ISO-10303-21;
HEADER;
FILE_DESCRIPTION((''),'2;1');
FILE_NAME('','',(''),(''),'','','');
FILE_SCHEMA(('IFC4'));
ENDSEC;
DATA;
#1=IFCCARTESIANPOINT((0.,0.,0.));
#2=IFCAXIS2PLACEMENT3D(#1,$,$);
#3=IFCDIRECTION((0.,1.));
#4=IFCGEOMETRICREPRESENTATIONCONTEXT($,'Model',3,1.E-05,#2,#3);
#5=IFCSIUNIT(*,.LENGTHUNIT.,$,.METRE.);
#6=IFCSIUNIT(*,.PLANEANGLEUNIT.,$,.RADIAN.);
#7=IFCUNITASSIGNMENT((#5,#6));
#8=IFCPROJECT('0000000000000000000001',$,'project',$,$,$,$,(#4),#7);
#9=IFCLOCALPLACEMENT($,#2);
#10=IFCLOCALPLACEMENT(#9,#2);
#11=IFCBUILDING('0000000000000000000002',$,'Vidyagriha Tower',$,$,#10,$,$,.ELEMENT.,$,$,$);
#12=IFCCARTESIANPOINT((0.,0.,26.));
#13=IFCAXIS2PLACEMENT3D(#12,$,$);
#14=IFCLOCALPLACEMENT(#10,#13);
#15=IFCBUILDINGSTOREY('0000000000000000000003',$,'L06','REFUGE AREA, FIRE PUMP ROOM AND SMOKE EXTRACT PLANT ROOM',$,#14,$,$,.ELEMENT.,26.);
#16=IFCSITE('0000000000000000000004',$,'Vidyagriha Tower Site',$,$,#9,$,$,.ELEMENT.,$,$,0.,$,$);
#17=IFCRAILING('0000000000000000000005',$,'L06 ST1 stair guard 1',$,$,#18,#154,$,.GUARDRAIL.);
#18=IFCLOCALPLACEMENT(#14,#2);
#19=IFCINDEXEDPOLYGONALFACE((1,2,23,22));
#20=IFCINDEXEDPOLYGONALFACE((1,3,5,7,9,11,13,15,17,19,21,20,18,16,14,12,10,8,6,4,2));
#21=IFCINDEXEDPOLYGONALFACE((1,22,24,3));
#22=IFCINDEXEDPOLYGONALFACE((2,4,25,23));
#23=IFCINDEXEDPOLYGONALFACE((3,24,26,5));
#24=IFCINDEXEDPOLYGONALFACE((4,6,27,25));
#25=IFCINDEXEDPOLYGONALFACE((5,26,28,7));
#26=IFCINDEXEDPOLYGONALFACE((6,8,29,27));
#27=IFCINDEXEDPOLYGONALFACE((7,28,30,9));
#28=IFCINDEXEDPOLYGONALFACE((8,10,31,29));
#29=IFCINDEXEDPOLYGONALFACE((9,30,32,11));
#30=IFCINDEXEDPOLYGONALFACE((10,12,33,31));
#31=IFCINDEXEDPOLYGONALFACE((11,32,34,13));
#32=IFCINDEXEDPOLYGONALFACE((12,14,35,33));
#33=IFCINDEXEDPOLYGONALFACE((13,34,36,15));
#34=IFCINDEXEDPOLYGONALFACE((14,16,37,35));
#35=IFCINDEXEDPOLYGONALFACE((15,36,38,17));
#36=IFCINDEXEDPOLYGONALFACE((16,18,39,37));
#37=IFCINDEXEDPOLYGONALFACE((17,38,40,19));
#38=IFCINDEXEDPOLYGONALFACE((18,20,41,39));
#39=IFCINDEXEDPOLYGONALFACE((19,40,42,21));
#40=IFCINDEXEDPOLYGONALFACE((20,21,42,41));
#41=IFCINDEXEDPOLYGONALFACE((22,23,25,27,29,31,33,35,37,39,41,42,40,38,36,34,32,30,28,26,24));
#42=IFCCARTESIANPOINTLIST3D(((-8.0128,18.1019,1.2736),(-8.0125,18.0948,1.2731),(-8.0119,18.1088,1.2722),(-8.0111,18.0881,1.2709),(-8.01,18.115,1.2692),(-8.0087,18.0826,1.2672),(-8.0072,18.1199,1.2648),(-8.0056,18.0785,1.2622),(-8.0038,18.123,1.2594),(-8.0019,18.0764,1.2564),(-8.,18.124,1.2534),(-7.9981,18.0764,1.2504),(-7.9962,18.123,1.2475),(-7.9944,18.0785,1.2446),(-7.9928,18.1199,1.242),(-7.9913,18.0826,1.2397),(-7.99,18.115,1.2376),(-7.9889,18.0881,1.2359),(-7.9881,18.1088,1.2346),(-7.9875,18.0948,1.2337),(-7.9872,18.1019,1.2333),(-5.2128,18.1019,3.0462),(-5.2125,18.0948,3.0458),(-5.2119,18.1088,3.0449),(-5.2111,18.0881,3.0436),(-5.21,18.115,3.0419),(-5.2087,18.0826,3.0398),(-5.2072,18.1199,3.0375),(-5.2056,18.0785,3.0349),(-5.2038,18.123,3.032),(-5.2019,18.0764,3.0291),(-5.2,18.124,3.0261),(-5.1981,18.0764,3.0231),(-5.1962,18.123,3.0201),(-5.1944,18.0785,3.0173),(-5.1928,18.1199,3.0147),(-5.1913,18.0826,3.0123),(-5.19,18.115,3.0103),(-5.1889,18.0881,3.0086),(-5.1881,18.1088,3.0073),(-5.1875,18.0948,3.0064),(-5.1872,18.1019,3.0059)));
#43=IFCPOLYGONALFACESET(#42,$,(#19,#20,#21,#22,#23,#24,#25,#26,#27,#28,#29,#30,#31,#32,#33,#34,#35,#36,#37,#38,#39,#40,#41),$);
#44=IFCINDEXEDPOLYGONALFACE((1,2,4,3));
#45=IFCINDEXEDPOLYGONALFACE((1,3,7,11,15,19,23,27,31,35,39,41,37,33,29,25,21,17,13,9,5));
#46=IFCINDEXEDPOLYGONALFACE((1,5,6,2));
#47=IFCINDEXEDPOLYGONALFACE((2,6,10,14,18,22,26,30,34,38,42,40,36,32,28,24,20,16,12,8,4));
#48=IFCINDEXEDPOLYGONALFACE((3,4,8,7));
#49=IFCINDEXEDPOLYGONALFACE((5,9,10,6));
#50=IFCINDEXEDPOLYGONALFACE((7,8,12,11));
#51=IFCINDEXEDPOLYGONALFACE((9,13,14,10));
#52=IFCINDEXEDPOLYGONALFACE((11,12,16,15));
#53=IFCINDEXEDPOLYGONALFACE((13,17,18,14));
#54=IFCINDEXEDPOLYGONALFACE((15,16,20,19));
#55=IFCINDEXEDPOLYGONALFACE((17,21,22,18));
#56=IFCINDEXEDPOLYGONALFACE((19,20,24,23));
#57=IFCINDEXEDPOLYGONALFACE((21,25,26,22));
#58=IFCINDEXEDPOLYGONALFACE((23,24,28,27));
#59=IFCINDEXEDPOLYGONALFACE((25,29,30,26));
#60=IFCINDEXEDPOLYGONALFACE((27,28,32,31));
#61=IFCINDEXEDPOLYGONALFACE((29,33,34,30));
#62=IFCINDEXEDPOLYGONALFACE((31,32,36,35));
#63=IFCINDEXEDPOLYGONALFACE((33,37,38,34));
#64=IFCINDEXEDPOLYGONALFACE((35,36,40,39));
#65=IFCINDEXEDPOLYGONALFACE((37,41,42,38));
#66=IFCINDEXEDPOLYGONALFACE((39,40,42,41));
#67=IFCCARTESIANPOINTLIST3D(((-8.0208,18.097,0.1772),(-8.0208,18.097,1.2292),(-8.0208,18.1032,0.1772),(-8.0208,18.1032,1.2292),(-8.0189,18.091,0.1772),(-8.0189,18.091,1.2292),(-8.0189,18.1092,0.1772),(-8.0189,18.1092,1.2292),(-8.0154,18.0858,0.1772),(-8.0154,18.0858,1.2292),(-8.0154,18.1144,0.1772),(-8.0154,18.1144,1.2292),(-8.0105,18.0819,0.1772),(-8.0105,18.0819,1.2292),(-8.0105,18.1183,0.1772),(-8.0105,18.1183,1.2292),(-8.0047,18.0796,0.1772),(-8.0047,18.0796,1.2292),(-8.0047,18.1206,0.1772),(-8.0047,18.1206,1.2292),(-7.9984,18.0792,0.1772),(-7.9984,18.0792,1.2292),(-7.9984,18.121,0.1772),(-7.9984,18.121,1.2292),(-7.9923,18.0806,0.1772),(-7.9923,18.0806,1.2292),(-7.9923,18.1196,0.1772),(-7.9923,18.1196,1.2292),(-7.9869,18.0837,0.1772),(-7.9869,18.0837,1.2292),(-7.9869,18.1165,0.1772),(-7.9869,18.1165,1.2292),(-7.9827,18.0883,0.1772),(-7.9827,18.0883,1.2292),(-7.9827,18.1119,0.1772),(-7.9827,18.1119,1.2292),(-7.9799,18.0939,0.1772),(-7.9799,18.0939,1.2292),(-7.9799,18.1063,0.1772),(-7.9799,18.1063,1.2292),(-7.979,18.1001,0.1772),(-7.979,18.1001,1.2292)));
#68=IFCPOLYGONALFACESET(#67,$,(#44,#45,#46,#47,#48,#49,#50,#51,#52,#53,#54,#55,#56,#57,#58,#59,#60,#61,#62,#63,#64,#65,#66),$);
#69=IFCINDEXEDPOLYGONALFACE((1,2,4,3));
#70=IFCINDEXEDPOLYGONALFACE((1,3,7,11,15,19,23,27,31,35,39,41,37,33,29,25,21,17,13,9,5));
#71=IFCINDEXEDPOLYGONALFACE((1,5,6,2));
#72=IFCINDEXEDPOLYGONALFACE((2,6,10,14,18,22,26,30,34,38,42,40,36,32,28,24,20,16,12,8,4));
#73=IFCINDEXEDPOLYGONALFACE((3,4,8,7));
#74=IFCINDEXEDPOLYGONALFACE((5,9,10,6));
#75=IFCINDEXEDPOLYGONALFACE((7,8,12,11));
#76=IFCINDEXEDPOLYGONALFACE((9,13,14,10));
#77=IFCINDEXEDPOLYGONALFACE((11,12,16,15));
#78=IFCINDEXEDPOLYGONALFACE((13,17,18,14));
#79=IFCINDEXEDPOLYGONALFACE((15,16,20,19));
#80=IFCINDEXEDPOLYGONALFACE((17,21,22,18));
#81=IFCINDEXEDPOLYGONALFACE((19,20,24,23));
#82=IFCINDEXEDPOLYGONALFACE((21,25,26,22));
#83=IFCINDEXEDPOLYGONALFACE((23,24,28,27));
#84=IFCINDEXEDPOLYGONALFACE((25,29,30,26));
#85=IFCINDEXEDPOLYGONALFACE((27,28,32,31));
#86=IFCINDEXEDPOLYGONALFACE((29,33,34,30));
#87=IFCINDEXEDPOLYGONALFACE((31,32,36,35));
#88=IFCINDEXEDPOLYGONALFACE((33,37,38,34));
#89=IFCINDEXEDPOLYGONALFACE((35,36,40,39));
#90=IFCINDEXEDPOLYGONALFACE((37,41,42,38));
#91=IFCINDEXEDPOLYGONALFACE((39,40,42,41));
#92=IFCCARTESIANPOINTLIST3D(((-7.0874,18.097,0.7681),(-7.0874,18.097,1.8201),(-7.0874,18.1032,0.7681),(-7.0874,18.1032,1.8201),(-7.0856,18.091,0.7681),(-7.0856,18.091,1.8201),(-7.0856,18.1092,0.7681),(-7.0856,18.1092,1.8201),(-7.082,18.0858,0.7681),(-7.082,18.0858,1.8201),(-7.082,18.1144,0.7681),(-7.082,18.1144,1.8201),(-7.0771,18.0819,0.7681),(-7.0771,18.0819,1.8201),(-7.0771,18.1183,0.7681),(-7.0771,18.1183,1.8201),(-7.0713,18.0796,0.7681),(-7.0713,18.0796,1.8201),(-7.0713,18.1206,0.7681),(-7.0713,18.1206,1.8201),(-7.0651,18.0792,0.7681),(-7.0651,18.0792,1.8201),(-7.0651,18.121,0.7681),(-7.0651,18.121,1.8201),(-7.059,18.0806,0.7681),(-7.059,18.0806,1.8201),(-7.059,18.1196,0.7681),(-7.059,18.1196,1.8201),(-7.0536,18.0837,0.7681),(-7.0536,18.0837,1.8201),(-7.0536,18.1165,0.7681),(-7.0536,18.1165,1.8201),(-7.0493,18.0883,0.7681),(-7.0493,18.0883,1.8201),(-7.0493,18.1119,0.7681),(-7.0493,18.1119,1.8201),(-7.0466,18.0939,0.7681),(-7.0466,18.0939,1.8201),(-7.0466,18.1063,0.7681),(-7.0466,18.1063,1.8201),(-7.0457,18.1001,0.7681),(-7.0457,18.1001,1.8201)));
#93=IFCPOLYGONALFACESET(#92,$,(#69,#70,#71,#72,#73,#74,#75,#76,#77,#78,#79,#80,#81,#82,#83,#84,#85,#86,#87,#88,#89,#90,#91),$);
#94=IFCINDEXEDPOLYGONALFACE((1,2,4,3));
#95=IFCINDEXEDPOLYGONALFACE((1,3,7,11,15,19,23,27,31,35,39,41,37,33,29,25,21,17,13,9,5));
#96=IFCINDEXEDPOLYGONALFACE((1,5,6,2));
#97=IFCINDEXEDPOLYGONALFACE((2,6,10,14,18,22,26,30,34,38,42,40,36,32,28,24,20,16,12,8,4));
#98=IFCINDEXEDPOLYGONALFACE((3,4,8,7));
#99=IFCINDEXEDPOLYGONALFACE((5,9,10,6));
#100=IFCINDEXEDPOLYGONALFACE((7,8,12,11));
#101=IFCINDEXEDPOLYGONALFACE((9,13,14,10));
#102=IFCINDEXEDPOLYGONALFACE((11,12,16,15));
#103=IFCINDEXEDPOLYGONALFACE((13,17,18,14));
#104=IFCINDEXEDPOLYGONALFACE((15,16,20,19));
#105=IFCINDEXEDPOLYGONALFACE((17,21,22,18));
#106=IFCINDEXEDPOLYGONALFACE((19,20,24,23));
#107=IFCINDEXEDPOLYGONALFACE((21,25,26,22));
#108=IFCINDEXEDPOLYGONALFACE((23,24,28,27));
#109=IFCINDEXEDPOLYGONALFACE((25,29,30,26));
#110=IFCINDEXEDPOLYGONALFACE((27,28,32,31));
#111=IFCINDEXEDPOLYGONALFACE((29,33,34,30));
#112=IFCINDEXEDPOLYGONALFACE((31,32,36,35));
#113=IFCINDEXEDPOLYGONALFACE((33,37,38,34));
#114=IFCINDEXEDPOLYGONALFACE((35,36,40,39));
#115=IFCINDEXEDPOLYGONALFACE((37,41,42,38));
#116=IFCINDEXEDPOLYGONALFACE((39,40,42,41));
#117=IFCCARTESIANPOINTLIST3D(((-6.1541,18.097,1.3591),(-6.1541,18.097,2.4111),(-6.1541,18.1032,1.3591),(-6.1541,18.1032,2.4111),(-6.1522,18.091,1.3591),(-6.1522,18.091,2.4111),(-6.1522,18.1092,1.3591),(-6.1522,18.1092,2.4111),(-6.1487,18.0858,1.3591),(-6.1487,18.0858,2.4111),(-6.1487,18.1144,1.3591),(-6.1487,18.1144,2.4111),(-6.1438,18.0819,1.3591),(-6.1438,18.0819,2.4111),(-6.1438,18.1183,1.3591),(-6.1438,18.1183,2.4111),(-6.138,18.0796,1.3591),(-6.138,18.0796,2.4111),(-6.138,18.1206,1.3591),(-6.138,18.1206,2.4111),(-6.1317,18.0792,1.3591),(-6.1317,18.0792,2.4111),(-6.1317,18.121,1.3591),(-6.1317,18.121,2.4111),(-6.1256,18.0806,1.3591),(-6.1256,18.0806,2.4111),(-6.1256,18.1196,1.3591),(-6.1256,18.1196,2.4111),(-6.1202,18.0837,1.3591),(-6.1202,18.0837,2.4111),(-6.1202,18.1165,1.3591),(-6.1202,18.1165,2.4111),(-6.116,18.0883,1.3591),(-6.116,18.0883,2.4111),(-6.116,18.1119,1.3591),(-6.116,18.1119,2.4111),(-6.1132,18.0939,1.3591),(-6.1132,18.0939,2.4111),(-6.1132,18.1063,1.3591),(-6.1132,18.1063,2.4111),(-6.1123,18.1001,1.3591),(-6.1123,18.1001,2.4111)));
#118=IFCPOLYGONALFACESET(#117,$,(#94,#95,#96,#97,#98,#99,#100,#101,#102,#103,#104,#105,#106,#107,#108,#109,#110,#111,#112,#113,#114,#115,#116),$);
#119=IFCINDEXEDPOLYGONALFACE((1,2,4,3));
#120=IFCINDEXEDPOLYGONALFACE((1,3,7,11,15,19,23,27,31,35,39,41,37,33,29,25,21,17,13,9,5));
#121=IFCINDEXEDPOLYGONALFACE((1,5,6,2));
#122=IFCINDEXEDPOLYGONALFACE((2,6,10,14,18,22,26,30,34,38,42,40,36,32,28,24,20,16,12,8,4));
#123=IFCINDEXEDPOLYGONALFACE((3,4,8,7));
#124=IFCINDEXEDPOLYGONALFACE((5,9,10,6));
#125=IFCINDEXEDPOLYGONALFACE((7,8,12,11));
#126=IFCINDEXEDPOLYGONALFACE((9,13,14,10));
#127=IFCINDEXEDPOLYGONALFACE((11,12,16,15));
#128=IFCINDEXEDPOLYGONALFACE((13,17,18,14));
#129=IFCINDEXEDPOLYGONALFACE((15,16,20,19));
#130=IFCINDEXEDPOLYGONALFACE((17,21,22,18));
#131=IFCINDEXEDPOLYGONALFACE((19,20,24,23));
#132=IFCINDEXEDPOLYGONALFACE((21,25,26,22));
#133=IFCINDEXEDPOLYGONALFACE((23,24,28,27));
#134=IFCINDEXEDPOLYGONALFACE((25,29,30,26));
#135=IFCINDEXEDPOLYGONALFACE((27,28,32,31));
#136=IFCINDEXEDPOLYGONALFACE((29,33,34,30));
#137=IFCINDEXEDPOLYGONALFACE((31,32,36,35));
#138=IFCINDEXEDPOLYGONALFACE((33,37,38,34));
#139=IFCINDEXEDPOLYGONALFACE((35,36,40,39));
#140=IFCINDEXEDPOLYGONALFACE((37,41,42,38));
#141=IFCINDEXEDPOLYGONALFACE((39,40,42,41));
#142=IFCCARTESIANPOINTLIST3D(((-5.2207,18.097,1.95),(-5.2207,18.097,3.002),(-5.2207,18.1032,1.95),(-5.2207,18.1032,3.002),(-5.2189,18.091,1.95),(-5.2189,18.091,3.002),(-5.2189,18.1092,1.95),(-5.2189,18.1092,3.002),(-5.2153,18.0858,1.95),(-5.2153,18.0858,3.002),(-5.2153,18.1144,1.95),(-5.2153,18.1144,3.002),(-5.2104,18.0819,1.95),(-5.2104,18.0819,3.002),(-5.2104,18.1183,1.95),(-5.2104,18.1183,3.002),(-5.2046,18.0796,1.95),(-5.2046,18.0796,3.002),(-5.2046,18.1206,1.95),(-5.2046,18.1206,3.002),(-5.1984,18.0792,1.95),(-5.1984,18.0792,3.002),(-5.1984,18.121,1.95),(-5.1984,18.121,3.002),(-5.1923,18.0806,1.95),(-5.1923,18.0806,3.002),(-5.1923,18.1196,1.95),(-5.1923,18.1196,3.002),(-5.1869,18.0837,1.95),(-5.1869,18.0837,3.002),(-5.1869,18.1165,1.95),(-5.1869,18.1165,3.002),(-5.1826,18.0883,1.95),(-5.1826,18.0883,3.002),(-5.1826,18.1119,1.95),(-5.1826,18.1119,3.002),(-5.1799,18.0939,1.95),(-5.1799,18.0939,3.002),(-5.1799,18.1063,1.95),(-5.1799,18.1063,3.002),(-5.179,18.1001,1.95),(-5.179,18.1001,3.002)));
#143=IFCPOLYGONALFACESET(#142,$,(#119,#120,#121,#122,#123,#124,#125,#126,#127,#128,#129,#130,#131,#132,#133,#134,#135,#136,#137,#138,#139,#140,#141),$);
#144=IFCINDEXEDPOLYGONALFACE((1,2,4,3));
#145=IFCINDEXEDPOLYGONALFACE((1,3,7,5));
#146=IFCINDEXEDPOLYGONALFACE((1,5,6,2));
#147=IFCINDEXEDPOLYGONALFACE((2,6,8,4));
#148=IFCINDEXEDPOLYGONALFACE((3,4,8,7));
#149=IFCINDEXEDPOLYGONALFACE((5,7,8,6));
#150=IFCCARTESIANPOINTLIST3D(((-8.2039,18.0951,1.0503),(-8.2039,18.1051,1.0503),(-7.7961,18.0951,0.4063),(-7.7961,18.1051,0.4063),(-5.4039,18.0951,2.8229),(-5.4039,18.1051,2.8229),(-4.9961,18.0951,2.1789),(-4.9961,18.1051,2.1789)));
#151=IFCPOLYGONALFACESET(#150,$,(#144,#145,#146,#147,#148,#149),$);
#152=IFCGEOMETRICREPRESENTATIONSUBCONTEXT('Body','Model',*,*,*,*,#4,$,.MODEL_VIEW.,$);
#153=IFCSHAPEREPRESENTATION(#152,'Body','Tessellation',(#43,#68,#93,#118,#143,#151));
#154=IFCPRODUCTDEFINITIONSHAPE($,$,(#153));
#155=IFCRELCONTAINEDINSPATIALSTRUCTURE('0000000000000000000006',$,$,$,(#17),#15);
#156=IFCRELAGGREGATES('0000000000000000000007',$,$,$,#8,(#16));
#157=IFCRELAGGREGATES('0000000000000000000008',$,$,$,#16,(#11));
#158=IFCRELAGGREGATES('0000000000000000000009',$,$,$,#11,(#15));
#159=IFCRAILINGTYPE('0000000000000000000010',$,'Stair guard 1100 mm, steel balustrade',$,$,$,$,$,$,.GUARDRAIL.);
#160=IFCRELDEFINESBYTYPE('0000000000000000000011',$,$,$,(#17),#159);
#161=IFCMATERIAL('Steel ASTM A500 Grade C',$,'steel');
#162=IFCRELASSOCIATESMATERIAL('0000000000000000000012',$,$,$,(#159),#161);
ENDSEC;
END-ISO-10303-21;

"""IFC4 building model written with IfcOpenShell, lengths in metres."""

from ifc_helpers import new_model, si_unit, direction, frame, origin, origin_2d, place, context, subcontext, project, spatial, rectangle, circle, extrude, material, type_object, element, save


model = new_model("IFC4")

# Units and contexts
model_context = context("Model", 3, precision=1e-05, world=origin(), true_north=direction((0.0, 1.0)))
body_context = subcontext(model_context, "Body", "Model", "MODEL_VIEW")
ifc_project = project(units=[si_unit("LENGTHUNIT", "METRE"), si_unit("PLANEANGLEUNIT", "RADIAN")], contexts=[model_context])

# Site, building, storey
site_placement = place(None, origin())
site = spatial("IfcSite", under=ifc_project, at=site_placement, Name="Vidyagriha Tower Site", CompositionType="ELEMENT", RefElevation=0.0)
building_placement = place(site_placement, origin())
building = spatial("IfcBuilding", under=site, at=building_placement, Name="Vidyagriha Tower", CompositionType="ELEMENT")
storey_placement = place(building_placement, frame((0.0, 0.0, 26.0)))
storey = spatial("IfcBuildingStorey", under=building, at=storey_placement, Name="L06", Description="REFUGE AREA, FIRE PUMP ROOM AND SMOKE EXTRACT PLANT ROOM", CompositionType="ELEMENT", Elevation=26.0)

# Railing
ifc_material_1 = material(Name="Steel ASTM A500 Grade C", Category="steel")
railing_type_1 = type_object("IfcRailingType", Name="Stair guard 1100 mm, steel balustrade", PredefinedType="GUARDRAIL", material=ifc_material_1)
railing_1_placement = place(storey_placement, frame((-8.0, 18.1001, 0.1772)))
element("IfcRailing", 1, at=railing_1_placement, inside=storey, type_object=railing_type_1, Name="L06 ST1 stair guard 1", PredefinedType="GUARDRAIL", context=body_context, shape_type="SweptSolid", body=[
    extrude(circle(Radius=0.0239, at=origin_2d()), frame((0.0, 0.0, 1.0762), z_axis=(0.844909, 0.0, 0.53491), x_axis=(0.0, 1.0, 0.0)), (0.0, 0.0, 1.0), 3.314),
    extrude(circle(Radius=0.021, at=origin_2d()), origin(), (0.0, 0.0, 1.0), 1.052),
    extrude(circle(Radius=0.021, at=origin_2d()), frame((0.9333, 0.0, 0.5908)), (0.0, 0.0, 1.0), 1.052),
    extrude(circle(Radius=0.021, at=origin_2d()), frame((1.8667, 0.0, 1.1819)), (0.0, 0.0, 1.0), 1.052),
    extrude(circle(Radius=0.021, at=origin_2d()), frame((2.8, 0.0, 1.7727)), (0.0, 0.0, 1.0), 1.052),
    extrude(rectangle(XDim=0.01, YDim=0.7622, at=origin_2d()), frame((0.0, 0.0, 0.551), z_axis=(0.844909, 0.0, 0.53491), x_axis=(0.0, 1.0, 0.0)), (0.0, 0.0, 1.0), 3.314),
])

save(model, "model.ifc")
